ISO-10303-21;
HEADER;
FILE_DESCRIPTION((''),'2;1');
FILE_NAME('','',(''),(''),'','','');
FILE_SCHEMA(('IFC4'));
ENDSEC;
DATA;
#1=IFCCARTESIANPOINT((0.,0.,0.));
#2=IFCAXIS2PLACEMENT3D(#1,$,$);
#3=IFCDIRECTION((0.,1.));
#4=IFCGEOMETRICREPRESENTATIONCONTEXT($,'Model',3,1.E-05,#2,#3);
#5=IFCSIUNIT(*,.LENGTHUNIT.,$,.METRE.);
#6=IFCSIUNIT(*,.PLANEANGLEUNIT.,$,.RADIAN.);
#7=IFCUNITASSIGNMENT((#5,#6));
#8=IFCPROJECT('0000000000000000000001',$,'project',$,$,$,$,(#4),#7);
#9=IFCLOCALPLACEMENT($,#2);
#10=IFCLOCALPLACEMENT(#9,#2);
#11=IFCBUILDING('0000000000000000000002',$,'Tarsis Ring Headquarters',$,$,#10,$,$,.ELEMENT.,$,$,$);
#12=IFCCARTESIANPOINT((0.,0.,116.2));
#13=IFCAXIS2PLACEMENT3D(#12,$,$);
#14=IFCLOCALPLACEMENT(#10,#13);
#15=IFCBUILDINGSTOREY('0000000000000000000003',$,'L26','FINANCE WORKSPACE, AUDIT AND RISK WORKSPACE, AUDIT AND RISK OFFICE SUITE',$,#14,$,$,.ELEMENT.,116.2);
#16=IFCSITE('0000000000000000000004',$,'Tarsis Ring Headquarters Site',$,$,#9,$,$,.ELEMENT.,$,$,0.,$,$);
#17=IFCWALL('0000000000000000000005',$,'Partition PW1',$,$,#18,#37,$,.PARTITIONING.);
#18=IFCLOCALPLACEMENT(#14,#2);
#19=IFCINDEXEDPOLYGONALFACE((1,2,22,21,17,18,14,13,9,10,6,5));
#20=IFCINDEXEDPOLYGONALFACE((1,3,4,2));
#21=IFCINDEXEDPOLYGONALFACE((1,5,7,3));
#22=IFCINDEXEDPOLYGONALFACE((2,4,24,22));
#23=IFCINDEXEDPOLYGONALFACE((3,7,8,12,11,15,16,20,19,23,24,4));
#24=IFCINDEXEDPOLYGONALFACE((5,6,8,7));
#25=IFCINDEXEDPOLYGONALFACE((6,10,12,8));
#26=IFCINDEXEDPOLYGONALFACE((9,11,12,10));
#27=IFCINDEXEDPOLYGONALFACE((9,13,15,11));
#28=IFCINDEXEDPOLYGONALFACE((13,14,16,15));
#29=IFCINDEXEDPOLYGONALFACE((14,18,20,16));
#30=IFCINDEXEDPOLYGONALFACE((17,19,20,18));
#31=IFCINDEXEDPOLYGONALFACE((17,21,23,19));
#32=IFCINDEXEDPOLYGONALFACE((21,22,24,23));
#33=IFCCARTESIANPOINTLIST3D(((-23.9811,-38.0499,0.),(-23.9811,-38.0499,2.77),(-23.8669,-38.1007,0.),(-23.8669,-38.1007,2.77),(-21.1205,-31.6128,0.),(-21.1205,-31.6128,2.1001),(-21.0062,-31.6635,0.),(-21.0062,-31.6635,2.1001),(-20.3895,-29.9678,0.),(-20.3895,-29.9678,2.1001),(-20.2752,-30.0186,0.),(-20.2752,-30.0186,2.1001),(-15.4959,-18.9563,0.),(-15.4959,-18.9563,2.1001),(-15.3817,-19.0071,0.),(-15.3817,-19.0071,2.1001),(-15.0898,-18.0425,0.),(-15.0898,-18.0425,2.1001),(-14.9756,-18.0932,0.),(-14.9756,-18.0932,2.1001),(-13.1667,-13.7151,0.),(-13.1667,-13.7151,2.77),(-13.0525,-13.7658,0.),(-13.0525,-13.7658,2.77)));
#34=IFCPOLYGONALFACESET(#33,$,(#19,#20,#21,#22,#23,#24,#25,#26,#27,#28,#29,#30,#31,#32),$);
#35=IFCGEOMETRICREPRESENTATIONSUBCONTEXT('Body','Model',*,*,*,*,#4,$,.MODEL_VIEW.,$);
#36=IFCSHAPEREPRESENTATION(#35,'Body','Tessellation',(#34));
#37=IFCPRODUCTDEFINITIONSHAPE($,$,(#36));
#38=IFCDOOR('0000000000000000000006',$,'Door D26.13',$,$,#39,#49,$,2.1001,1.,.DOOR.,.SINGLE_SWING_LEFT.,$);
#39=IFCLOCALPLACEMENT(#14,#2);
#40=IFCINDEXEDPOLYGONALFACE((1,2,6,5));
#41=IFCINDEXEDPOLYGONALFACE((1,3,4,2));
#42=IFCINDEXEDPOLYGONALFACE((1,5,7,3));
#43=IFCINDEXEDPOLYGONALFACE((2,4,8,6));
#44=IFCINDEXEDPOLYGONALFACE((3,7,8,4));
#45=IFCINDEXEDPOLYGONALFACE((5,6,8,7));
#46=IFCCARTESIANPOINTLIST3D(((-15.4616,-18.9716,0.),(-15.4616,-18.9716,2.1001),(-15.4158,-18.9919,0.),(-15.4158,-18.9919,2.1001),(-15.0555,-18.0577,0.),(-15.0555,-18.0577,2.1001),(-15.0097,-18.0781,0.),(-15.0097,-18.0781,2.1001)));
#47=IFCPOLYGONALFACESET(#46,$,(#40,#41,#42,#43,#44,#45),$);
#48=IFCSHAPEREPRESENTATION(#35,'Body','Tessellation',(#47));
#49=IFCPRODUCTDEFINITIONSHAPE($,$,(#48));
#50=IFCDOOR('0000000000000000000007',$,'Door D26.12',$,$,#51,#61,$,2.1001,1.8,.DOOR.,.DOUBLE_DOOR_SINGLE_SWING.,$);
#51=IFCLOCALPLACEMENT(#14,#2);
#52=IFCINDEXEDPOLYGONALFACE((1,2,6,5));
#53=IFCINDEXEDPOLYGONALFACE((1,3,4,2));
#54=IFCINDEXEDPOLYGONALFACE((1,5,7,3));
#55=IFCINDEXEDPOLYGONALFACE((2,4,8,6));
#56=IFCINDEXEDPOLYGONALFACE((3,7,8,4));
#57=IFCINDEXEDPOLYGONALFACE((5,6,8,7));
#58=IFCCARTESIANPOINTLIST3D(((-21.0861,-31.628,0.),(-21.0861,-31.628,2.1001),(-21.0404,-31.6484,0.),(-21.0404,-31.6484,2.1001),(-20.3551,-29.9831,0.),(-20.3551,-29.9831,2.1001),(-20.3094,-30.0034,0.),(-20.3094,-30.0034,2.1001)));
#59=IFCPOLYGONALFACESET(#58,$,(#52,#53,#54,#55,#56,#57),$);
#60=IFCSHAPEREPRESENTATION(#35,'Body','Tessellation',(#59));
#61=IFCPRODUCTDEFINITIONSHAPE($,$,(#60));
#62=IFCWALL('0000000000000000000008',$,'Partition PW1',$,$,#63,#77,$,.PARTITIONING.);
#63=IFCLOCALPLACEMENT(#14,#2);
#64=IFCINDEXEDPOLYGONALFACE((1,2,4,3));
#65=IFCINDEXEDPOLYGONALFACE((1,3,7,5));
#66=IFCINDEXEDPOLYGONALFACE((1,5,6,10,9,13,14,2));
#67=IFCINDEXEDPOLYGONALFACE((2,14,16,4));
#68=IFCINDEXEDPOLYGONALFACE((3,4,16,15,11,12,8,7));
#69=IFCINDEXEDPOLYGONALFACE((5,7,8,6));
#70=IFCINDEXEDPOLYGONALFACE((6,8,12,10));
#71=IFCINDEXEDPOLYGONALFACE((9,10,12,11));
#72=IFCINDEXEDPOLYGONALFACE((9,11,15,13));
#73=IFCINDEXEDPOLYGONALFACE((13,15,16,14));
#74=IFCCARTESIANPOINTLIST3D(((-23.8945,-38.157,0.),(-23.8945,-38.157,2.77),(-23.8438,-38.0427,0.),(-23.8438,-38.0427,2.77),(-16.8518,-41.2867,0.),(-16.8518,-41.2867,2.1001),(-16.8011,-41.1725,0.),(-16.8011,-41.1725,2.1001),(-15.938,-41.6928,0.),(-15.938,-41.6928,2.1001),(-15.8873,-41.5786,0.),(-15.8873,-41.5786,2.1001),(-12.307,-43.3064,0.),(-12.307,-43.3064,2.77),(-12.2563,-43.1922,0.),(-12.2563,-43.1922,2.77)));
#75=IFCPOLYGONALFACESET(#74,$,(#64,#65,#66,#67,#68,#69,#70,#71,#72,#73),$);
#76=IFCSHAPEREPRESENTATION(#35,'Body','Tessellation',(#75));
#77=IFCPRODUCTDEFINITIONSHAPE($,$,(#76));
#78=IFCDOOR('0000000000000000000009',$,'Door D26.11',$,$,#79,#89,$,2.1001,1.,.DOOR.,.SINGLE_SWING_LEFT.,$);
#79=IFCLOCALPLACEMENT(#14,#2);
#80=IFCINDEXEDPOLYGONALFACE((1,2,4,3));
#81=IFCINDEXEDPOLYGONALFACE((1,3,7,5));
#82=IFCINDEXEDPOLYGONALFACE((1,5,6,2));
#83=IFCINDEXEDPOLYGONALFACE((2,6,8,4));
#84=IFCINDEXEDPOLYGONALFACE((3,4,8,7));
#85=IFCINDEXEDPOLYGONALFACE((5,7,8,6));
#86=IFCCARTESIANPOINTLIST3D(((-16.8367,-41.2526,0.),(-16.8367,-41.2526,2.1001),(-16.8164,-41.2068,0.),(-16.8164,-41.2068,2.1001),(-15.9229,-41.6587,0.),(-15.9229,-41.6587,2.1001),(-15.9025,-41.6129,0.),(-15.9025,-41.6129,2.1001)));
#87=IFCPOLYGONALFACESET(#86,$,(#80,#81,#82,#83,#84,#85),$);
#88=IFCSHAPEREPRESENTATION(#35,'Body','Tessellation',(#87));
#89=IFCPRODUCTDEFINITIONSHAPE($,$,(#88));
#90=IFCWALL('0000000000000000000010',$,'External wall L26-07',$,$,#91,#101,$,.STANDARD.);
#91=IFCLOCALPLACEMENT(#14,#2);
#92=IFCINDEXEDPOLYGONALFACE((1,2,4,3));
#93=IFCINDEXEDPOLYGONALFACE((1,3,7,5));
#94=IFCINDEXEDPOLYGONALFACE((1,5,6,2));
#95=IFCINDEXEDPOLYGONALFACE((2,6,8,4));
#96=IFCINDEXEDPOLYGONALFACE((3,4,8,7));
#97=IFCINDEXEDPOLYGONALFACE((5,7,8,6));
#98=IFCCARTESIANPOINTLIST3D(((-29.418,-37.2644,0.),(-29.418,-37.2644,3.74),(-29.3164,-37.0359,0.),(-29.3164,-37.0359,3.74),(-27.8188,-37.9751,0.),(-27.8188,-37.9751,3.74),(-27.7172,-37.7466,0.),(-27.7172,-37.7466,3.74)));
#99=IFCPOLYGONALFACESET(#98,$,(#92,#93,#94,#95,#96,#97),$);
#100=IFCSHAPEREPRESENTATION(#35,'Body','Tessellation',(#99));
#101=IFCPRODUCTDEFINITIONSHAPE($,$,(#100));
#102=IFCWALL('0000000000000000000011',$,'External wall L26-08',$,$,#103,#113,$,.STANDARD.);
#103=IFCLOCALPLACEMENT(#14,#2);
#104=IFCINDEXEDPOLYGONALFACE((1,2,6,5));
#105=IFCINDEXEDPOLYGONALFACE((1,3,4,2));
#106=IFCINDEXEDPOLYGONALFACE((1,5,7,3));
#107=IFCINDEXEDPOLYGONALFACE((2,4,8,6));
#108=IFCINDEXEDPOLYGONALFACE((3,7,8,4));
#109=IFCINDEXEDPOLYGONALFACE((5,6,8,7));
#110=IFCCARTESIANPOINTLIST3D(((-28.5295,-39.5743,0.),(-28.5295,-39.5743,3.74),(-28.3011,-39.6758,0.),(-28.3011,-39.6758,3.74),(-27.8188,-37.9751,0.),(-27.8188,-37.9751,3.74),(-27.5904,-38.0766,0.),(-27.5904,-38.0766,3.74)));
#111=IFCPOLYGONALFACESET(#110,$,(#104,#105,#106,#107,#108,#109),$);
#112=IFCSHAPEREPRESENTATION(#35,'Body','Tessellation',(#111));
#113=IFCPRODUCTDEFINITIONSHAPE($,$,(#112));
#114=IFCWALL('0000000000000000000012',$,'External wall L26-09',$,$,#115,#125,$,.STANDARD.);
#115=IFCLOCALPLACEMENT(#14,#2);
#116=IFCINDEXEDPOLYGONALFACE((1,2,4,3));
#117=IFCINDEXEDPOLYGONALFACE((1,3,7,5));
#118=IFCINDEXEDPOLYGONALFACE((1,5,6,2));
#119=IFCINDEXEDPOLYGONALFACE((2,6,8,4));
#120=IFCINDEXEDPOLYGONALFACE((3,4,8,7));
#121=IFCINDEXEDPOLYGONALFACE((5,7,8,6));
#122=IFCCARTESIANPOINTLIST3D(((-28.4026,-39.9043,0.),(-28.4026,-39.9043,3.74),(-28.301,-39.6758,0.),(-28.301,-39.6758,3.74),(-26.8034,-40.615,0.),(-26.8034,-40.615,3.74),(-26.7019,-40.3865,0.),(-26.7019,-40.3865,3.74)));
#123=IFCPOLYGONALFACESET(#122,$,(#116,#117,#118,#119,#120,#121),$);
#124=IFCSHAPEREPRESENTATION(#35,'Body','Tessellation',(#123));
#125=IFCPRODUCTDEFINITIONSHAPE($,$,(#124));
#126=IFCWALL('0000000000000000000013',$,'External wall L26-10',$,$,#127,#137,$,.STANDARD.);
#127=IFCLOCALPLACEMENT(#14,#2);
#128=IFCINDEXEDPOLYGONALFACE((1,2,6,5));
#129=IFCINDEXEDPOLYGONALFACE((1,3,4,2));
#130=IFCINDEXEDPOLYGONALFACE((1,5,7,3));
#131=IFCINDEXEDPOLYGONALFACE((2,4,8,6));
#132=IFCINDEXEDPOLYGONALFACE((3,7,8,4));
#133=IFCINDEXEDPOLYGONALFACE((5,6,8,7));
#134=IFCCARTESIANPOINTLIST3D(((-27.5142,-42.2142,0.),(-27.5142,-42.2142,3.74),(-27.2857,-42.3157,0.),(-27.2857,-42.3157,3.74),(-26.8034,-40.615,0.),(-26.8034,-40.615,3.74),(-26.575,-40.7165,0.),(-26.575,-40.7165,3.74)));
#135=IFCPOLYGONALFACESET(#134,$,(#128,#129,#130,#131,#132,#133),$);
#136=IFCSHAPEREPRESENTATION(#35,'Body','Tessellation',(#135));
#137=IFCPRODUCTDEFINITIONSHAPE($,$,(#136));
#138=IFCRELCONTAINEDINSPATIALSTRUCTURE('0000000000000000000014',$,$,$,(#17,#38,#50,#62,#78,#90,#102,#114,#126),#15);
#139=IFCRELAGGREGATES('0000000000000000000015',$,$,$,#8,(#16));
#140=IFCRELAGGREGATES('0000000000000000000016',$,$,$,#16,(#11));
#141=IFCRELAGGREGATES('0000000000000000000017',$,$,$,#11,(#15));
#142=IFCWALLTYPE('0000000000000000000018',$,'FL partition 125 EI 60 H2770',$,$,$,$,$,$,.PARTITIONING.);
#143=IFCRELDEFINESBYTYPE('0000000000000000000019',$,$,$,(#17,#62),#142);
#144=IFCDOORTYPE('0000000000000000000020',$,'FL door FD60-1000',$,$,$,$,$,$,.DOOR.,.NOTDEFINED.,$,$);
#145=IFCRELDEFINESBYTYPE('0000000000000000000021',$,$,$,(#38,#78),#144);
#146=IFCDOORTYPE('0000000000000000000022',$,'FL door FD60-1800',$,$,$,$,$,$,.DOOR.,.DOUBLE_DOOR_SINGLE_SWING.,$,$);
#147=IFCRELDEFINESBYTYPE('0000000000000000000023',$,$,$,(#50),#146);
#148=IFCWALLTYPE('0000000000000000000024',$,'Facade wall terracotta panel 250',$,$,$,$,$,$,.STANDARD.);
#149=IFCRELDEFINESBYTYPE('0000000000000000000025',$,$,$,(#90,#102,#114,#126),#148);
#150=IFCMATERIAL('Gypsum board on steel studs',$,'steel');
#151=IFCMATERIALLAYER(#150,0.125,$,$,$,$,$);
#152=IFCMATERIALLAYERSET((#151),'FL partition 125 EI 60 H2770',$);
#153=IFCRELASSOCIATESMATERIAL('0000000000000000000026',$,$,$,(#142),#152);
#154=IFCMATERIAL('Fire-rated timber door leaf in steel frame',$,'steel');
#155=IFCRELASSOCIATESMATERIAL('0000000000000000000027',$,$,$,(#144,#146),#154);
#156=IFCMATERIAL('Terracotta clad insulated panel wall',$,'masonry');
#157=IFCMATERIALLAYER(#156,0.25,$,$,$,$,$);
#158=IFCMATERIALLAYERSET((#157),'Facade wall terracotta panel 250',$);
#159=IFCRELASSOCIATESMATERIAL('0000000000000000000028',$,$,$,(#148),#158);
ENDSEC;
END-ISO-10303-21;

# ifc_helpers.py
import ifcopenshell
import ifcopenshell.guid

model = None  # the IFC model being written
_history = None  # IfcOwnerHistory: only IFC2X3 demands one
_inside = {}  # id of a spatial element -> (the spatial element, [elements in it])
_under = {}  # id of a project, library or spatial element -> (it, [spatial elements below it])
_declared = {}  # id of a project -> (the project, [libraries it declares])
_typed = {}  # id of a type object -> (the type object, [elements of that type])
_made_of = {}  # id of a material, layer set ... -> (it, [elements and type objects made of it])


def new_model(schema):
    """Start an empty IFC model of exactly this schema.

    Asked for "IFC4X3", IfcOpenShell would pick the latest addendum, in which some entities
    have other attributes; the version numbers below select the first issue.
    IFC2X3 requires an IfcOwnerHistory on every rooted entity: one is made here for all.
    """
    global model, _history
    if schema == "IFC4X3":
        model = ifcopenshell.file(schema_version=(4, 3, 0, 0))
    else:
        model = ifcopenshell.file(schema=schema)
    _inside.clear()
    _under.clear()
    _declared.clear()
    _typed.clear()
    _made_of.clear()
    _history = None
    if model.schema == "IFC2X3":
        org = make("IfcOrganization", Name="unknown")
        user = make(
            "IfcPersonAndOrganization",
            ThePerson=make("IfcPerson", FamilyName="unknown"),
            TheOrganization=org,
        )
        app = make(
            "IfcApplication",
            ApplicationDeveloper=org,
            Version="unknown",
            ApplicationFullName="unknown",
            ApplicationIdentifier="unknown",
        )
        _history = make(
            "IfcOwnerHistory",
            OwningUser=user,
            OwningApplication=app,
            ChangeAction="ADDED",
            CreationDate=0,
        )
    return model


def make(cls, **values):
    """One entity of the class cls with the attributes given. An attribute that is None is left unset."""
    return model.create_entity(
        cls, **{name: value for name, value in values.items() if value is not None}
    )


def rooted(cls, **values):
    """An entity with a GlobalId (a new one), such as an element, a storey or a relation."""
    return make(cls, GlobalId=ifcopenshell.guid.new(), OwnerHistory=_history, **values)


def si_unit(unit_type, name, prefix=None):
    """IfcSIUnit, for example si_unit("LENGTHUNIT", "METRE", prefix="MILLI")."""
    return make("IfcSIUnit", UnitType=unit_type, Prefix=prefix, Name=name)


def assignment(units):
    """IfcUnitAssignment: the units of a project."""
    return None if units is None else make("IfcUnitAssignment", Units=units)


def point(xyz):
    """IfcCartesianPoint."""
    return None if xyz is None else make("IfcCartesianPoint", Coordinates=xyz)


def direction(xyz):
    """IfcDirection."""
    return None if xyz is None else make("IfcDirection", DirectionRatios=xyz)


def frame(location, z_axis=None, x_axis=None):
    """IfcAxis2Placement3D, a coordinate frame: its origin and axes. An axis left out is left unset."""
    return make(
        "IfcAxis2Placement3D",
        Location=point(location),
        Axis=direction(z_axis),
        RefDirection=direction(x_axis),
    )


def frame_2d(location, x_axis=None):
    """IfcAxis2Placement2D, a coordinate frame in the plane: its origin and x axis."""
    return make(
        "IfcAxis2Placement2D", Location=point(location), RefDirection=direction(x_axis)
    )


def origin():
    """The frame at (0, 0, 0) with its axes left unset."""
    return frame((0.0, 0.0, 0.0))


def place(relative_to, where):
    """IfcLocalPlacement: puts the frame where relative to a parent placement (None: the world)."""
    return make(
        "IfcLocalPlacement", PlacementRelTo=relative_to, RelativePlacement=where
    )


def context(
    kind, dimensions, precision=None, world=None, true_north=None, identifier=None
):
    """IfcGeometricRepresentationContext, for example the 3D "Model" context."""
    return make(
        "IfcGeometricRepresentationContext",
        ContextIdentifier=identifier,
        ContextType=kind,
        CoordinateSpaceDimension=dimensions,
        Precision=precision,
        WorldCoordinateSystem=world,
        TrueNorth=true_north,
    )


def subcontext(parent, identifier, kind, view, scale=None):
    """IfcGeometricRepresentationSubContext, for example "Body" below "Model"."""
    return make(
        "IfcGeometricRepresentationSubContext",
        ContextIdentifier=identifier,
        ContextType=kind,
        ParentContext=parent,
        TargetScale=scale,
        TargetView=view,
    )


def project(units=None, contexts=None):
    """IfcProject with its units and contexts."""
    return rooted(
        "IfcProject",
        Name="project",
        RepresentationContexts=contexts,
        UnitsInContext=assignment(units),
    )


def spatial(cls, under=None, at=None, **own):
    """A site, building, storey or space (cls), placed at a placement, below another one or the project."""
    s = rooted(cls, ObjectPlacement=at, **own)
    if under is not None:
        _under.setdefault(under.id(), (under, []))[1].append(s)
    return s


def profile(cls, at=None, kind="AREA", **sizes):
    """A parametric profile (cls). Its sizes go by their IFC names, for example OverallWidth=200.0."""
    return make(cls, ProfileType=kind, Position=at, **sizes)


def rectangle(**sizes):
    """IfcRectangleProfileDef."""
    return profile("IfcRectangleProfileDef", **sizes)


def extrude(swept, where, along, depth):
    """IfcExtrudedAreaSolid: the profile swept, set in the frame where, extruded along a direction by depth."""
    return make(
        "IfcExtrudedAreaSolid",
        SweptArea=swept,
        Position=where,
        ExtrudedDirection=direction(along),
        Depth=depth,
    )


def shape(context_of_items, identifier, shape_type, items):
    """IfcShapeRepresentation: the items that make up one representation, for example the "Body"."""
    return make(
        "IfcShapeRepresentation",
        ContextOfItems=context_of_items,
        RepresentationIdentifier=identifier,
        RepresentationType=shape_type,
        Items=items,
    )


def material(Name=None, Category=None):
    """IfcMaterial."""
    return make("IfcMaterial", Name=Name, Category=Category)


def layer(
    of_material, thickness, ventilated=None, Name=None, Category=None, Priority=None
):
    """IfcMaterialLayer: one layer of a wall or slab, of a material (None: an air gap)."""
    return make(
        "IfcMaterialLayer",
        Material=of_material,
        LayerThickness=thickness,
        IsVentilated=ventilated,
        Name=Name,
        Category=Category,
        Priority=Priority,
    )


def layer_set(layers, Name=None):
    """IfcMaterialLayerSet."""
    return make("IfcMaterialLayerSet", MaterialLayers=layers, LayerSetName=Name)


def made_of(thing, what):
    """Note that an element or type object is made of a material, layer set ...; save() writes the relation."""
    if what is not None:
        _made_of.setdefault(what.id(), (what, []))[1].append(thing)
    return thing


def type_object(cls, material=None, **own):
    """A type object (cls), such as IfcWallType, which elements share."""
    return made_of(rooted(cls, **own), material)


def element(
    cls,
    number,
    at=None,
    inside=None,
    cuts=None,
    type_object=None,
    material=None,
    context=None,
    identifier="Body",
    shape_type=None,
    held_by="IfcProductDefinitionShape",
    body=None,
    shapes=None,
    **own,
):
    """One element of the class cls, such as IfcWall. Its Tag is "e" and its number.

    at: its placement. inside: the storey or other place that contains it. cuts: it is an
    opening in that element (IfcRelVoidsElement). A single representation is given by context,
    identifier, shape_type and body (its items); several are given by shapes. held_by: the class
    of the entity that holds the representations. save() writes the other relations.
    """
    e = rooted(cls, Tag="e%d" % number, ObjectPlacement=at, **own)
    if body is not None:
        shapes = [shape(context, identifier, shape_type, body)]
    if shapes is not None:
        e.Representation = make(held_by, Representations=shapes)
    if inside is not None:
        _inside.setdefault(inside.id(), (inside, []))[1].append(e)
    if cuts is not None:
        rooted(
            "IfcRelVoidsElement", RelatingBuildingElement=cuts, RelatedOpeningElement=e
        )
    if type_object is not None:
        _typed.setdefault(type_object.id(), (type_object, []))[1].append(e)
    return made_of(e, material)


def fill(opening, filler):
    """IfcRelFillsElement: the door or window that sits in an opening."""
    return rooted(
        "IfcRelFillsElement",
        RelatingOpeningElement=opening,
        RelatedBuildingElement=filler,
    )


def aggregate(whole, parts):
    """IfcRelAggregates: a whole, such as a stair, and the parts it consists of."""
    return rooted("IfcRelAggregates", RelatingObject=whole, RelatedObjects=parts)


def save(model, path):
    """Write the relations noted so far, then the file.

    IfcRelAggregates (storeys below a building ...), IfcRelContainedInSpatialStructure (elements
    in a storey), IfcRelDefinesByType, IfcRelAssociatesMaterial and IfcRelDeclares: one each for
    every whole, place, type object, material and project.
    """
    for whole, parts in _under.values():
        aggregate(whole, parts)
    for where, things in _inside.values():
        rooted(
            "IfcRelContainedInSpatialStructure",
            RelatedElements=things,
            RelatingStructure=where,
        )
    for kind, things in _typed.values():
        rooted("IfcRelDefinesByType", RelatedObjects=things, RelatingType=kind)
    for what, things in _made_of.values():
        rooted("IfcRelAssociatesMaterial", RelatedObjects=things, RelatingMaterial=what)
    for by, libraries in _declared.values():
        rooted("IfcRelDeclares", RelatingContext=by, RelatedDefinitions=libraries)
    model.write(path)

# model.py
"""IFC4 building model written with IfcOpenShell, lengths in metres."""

from ifc_helpers import new_model, si_unit, direction, frame, frame_2d, origin, place, context, subcontext, project, spatial, rectangle, extrude, material, layer, layer_set, type_object, element, fill, save


model = new_model("IFC4")

# Units and contexts
model_context = context("Model", 3, precision=1e-05, world=origin(), true_north=direction((0.0, 1.0)))
body_context = subcontext(model_context, "Body", "Model", "MODEL_VIEW")
ifc_project = project(units=[si_unit("LENGTHUNIT", "METRE"), si_unit("PLANEANGLEUNIT", "RADIAN")], contexts=[model_context])

# Site, building, storey
site_placement = place(None, origin())
site = spatial("IfcSite", under=ifc_project, at=site_placement, Name="Tarsis Ring Headquarters Site", CompositionType="ELEMENT", RefElevation=0.0)
building_placement = place(site_placement, origin())
building = spatial("IfcBuilding", under=site, at=building_placement, Name="Tarsis Ring Headquarters", CompositionType="ELEMENT")
storey_placement = place(building_placement, frame((0.0, 0.0, 116.2)))
storey = spatial("IfcBuildingStorey", under=building, at=storey_placement, Name="L26", Description="FINANCE WORKSPACE, AUDIT AND RISK WORKSPACE, AUDIT AND RISK OFFICE SUITE", CompositionType="ELEMENT", Elevation=116.2)

# Shared definitions
ifc_material_1 = material(Name="Gypsum board on steel studs", Category="steel")

# Wall, openings, doors
ifc_layer_1 = layer(ifc_material_1, 0.125)
ifc_layer_set_1 = layer_set([ifc_layer_1], Name="FL partition 125 EI 60 H2770")
wall_type_1 = type_object("IfcWallType", Name="FL partition 125 EI 60 H2770", PredefinedType="PARTITIONING", material=ifc_layer_set_1)
wall_1_placement = place(storey_placement, frame((-23.9241, -38.0754, 0.0), z_axis=(0.0, 0.0, 1.0), x_axis=(0.406104, 0.913827, 0.0)))
wall_1 = element("IfcWall", 1, at=wall_1_placement, inside=storey, type_object=wall_type_1, Name="Partition PW1", PredefinedType="PARTITIONING", context=body_context, shape_type="SweptSolid", body=[
    extrude(rectangle(XDim=26.6296, YDim=0.125, at=frame_2d((13.3149, 0.0))), origin(), (0.0, 0.0, 1.0), 2.77),
])
opening_1_placement = place(wall_1_placement, frame((7.0444, 0.0, 0.0)))
opening_1 = element("IfcOpeningElement", 2, at=opening_1_placement, cuts=wall_1, PredefinedType="OPENING", context=body_context, shape_type="SweptSolid", body=[
    extrude(rectangle(XDim=1.8, YDim=2.1001, at=frame_2d((0.8999, 1.05))), frame((0.0, 0.0725, 0.0), z_axis=(0.0, -1.0, 0.0), x_axis=(1.0, 0.0, 0.0)), (0.0, 0.0, 1.0), 0.145),
])
opening_2_placement = place(wall_1_placement, frame((20.8943, 0.0, 0.0)))
opening_2 = element("IfcOpeningElement", 3, at=opening_2_placement, cuts=wall_1, PredefinedType="OPENING", context=body_context, shape_type="SweptSolid", body=[
    extrude(rectangle(XDim=1.0, YDim=2.1001, at=frame_2d((0.5, 1.05))), frame((0.0, 0.0725, 0.0), z_axis=(0.0, -1.0, 0.0), x_axis=(1.0, 0.0, 0.0)), (0.0, 0.0, 1.0), 0.145),
])
ifc_material_2 = material(Name="Fire-rated timber door leaf in steel frame", Category="steel")
door_type_1 = type_object("IfcDoorType", Name="FL door FD60-1000", OperationType="NOTDEFINED", PredefinedType="DOOR", material=ifc_material_2)
door_1_placement = place(opening_2_placement, origin())
door_1 = element("IfcDoor", 4, at=door_1_placement, inside=storey, type_object=door_type_1, Name="Door D26.13", OperationType="SINGLE_SWING_LEFT", OverallHeight=2.1001, OverallWidth=1.0, PredefinedType="DOOR", context=body_context, shape_type="SweptSolid", body=[
    extrude(rectangle(XDim=1.0, YDim=2.1001, at=frame_2d((0.5, 1.05))), frame((0.0, 0.0249, 0.0), z_axis=(0.0, -1.0, 0.0), x_axis=(1.0, 0.0, 0.0)), (0.0, 0.0, 1.0), 0.05),
])
fill(opening_2, door_1)
door_type_2 = type_object("IfcDoorType", Name="FL door FD60-1800", OperationType="DOUBLE_DOOR_SINGLE_SWING", PredefinedType="DOOR", material=ifc_material_2)
door_2_placement = place(opening_1_placement, origin())
door_2 = element("IfcDoor", 5, at=door_2_placement, inside=storey, type_object=door_type_2, Name="Door D26.12", OperationType="DOUBLE_DOOR_SINGLE_SWING", OverallHeight=2.1001, OverallWidth=1.8, PredefinedType="DOOR", context=body_context, shape_type="SweptSolid", body=[
    extrude(rectangle(XDim=1.8, YDim=2.1001, at=frame_2d((0.8999, 1.05))), frame((0.0, 0.0249, 0.0), z_axis=(0.0, -1.0, 0.0), x_axis=(1.0, 0.0, 0.0)), (0.0, 0.0, 1.0), 0.05),
])
fill(opening_1, door_2)

# Wall, opening, door
wall_2_placement = place(storey_placement, frame((-23.8691, -38.0999, 0.0), z_axis=(0.0, 0.0, 1.0), x_axis=(0.913827, -0.406103, 0.0)))
wall_2 = element("IfcWall", 6, at=wall_2_placement, inside=storey, type_object=wall_type_1, Name="Partition PW1", PredefinedType="PARTITIONING", context=body_context, shape_type="SweptSolid", body=[
    extrude(rectangle(XDim=12.6802, YDim=0.125, at=frame_2d((6.3401, 0.0))), origin(), (0.0, 0.0, 1.0), 2.77),
])
opening_3_placement = place(wall_2_placement, frame((7.7068, 0.0, 0.0)))
opening_3 = element("IfcOpeningElement", 7, at=opening_3_placement, cuts=wall_2, PredefinedType="OPENING", context=body_context, shape_type="SweptSolid", body=[
    extrude(rectangle(XDim=1.0, YDim=2.1001, at=frame_2d((0.5, 1.05))), frame((0.0, 0.0725, 0.0), z_axis=(0.0, -1.0, 0.0), x_axis=(1.0, 0.0, 0.0)), (0.0, 0.0, 1.0), 0.145),
])
door_3_placement = place(opening_3_placement, origin())
door_3 = element("IfcDoor", 8, at=door_3_placement, inside=storey, type_object=door_type_1, Name="Door D26.11", OperationType="SINGLE_SWING_LEFT", OverallHeight=2.1001, OverallWidth=1.0, PredefinedType="DOOR", context=body_context, shape_type="SweptSolid", body=[
    extrude(rectangle(XDim=1.0, YDim=2.1001, at=frame_2d((0.5, 1.05))), frame((0.0, 0.0249, 0.0), z_axis=(0.0, -1.0, 0.0), x_axis=(1.0, 0.0, 0.0)), (0.0, 0.0, 1.0), 0.05),
])
fill(opening_3, door_3)

# Walls
ifc_material_3 = material(Name="Terracotta clad insulated panel wall", Category="masonry")
ifc_layer_2 = layer(ifc_material_3, 0.25)
ifc_layer_set_2 = layer_set([ifc_layer_2], Name="Facade wall terracotta panel 250")
wall_type_2 = type_object("IfcWallType", Name="Facade wall terracotta panel 250", PredefinedType="STANDARD", material=ifc_layer_set_2)
for number, where, z_axis, x_axis, name in (
    (9, (-29.3672, -37.1501, 0.0), (0.0, 0.0, 1.0), (0.913817, -0.406126, 0.0), "External wall L26-07"),
    (10, (-27.7046, -38.0259, 0.0), (0.0, 0.0, 1.0), (-0.406126, -0.913817, 0.0), "External wall L26-08"),
    (11, (-28.3518, -39.79, 0.0), (0.0, 0.0, 1.0), (0.913817, -0.406126, 0.0), "External wall L26-09"),
    (12, (-26.6892, -40.6658, 0.0), (0.0, 0.0, 1.0), (-0.406126, -0.913817, 0.0), "External wall L26-10"),
):
    element("IfcWall", number, at=place(storey_placement, frame(where, z_axis=z_axis, x_axis=x_axis)), inside=storey, type_object=wall_type_2, Name=name, PredefinedType="STANDARD", context=body_context, shape_type="SweptSolid", body=[
        extrude(rectangle(XDim=1.75, YDim=0.25, at=frame_2d((0.875, 0.0))), origin(), (0.0, 0.0, 1.0), 3.74),
    ])

save(model, "model.ifc")
